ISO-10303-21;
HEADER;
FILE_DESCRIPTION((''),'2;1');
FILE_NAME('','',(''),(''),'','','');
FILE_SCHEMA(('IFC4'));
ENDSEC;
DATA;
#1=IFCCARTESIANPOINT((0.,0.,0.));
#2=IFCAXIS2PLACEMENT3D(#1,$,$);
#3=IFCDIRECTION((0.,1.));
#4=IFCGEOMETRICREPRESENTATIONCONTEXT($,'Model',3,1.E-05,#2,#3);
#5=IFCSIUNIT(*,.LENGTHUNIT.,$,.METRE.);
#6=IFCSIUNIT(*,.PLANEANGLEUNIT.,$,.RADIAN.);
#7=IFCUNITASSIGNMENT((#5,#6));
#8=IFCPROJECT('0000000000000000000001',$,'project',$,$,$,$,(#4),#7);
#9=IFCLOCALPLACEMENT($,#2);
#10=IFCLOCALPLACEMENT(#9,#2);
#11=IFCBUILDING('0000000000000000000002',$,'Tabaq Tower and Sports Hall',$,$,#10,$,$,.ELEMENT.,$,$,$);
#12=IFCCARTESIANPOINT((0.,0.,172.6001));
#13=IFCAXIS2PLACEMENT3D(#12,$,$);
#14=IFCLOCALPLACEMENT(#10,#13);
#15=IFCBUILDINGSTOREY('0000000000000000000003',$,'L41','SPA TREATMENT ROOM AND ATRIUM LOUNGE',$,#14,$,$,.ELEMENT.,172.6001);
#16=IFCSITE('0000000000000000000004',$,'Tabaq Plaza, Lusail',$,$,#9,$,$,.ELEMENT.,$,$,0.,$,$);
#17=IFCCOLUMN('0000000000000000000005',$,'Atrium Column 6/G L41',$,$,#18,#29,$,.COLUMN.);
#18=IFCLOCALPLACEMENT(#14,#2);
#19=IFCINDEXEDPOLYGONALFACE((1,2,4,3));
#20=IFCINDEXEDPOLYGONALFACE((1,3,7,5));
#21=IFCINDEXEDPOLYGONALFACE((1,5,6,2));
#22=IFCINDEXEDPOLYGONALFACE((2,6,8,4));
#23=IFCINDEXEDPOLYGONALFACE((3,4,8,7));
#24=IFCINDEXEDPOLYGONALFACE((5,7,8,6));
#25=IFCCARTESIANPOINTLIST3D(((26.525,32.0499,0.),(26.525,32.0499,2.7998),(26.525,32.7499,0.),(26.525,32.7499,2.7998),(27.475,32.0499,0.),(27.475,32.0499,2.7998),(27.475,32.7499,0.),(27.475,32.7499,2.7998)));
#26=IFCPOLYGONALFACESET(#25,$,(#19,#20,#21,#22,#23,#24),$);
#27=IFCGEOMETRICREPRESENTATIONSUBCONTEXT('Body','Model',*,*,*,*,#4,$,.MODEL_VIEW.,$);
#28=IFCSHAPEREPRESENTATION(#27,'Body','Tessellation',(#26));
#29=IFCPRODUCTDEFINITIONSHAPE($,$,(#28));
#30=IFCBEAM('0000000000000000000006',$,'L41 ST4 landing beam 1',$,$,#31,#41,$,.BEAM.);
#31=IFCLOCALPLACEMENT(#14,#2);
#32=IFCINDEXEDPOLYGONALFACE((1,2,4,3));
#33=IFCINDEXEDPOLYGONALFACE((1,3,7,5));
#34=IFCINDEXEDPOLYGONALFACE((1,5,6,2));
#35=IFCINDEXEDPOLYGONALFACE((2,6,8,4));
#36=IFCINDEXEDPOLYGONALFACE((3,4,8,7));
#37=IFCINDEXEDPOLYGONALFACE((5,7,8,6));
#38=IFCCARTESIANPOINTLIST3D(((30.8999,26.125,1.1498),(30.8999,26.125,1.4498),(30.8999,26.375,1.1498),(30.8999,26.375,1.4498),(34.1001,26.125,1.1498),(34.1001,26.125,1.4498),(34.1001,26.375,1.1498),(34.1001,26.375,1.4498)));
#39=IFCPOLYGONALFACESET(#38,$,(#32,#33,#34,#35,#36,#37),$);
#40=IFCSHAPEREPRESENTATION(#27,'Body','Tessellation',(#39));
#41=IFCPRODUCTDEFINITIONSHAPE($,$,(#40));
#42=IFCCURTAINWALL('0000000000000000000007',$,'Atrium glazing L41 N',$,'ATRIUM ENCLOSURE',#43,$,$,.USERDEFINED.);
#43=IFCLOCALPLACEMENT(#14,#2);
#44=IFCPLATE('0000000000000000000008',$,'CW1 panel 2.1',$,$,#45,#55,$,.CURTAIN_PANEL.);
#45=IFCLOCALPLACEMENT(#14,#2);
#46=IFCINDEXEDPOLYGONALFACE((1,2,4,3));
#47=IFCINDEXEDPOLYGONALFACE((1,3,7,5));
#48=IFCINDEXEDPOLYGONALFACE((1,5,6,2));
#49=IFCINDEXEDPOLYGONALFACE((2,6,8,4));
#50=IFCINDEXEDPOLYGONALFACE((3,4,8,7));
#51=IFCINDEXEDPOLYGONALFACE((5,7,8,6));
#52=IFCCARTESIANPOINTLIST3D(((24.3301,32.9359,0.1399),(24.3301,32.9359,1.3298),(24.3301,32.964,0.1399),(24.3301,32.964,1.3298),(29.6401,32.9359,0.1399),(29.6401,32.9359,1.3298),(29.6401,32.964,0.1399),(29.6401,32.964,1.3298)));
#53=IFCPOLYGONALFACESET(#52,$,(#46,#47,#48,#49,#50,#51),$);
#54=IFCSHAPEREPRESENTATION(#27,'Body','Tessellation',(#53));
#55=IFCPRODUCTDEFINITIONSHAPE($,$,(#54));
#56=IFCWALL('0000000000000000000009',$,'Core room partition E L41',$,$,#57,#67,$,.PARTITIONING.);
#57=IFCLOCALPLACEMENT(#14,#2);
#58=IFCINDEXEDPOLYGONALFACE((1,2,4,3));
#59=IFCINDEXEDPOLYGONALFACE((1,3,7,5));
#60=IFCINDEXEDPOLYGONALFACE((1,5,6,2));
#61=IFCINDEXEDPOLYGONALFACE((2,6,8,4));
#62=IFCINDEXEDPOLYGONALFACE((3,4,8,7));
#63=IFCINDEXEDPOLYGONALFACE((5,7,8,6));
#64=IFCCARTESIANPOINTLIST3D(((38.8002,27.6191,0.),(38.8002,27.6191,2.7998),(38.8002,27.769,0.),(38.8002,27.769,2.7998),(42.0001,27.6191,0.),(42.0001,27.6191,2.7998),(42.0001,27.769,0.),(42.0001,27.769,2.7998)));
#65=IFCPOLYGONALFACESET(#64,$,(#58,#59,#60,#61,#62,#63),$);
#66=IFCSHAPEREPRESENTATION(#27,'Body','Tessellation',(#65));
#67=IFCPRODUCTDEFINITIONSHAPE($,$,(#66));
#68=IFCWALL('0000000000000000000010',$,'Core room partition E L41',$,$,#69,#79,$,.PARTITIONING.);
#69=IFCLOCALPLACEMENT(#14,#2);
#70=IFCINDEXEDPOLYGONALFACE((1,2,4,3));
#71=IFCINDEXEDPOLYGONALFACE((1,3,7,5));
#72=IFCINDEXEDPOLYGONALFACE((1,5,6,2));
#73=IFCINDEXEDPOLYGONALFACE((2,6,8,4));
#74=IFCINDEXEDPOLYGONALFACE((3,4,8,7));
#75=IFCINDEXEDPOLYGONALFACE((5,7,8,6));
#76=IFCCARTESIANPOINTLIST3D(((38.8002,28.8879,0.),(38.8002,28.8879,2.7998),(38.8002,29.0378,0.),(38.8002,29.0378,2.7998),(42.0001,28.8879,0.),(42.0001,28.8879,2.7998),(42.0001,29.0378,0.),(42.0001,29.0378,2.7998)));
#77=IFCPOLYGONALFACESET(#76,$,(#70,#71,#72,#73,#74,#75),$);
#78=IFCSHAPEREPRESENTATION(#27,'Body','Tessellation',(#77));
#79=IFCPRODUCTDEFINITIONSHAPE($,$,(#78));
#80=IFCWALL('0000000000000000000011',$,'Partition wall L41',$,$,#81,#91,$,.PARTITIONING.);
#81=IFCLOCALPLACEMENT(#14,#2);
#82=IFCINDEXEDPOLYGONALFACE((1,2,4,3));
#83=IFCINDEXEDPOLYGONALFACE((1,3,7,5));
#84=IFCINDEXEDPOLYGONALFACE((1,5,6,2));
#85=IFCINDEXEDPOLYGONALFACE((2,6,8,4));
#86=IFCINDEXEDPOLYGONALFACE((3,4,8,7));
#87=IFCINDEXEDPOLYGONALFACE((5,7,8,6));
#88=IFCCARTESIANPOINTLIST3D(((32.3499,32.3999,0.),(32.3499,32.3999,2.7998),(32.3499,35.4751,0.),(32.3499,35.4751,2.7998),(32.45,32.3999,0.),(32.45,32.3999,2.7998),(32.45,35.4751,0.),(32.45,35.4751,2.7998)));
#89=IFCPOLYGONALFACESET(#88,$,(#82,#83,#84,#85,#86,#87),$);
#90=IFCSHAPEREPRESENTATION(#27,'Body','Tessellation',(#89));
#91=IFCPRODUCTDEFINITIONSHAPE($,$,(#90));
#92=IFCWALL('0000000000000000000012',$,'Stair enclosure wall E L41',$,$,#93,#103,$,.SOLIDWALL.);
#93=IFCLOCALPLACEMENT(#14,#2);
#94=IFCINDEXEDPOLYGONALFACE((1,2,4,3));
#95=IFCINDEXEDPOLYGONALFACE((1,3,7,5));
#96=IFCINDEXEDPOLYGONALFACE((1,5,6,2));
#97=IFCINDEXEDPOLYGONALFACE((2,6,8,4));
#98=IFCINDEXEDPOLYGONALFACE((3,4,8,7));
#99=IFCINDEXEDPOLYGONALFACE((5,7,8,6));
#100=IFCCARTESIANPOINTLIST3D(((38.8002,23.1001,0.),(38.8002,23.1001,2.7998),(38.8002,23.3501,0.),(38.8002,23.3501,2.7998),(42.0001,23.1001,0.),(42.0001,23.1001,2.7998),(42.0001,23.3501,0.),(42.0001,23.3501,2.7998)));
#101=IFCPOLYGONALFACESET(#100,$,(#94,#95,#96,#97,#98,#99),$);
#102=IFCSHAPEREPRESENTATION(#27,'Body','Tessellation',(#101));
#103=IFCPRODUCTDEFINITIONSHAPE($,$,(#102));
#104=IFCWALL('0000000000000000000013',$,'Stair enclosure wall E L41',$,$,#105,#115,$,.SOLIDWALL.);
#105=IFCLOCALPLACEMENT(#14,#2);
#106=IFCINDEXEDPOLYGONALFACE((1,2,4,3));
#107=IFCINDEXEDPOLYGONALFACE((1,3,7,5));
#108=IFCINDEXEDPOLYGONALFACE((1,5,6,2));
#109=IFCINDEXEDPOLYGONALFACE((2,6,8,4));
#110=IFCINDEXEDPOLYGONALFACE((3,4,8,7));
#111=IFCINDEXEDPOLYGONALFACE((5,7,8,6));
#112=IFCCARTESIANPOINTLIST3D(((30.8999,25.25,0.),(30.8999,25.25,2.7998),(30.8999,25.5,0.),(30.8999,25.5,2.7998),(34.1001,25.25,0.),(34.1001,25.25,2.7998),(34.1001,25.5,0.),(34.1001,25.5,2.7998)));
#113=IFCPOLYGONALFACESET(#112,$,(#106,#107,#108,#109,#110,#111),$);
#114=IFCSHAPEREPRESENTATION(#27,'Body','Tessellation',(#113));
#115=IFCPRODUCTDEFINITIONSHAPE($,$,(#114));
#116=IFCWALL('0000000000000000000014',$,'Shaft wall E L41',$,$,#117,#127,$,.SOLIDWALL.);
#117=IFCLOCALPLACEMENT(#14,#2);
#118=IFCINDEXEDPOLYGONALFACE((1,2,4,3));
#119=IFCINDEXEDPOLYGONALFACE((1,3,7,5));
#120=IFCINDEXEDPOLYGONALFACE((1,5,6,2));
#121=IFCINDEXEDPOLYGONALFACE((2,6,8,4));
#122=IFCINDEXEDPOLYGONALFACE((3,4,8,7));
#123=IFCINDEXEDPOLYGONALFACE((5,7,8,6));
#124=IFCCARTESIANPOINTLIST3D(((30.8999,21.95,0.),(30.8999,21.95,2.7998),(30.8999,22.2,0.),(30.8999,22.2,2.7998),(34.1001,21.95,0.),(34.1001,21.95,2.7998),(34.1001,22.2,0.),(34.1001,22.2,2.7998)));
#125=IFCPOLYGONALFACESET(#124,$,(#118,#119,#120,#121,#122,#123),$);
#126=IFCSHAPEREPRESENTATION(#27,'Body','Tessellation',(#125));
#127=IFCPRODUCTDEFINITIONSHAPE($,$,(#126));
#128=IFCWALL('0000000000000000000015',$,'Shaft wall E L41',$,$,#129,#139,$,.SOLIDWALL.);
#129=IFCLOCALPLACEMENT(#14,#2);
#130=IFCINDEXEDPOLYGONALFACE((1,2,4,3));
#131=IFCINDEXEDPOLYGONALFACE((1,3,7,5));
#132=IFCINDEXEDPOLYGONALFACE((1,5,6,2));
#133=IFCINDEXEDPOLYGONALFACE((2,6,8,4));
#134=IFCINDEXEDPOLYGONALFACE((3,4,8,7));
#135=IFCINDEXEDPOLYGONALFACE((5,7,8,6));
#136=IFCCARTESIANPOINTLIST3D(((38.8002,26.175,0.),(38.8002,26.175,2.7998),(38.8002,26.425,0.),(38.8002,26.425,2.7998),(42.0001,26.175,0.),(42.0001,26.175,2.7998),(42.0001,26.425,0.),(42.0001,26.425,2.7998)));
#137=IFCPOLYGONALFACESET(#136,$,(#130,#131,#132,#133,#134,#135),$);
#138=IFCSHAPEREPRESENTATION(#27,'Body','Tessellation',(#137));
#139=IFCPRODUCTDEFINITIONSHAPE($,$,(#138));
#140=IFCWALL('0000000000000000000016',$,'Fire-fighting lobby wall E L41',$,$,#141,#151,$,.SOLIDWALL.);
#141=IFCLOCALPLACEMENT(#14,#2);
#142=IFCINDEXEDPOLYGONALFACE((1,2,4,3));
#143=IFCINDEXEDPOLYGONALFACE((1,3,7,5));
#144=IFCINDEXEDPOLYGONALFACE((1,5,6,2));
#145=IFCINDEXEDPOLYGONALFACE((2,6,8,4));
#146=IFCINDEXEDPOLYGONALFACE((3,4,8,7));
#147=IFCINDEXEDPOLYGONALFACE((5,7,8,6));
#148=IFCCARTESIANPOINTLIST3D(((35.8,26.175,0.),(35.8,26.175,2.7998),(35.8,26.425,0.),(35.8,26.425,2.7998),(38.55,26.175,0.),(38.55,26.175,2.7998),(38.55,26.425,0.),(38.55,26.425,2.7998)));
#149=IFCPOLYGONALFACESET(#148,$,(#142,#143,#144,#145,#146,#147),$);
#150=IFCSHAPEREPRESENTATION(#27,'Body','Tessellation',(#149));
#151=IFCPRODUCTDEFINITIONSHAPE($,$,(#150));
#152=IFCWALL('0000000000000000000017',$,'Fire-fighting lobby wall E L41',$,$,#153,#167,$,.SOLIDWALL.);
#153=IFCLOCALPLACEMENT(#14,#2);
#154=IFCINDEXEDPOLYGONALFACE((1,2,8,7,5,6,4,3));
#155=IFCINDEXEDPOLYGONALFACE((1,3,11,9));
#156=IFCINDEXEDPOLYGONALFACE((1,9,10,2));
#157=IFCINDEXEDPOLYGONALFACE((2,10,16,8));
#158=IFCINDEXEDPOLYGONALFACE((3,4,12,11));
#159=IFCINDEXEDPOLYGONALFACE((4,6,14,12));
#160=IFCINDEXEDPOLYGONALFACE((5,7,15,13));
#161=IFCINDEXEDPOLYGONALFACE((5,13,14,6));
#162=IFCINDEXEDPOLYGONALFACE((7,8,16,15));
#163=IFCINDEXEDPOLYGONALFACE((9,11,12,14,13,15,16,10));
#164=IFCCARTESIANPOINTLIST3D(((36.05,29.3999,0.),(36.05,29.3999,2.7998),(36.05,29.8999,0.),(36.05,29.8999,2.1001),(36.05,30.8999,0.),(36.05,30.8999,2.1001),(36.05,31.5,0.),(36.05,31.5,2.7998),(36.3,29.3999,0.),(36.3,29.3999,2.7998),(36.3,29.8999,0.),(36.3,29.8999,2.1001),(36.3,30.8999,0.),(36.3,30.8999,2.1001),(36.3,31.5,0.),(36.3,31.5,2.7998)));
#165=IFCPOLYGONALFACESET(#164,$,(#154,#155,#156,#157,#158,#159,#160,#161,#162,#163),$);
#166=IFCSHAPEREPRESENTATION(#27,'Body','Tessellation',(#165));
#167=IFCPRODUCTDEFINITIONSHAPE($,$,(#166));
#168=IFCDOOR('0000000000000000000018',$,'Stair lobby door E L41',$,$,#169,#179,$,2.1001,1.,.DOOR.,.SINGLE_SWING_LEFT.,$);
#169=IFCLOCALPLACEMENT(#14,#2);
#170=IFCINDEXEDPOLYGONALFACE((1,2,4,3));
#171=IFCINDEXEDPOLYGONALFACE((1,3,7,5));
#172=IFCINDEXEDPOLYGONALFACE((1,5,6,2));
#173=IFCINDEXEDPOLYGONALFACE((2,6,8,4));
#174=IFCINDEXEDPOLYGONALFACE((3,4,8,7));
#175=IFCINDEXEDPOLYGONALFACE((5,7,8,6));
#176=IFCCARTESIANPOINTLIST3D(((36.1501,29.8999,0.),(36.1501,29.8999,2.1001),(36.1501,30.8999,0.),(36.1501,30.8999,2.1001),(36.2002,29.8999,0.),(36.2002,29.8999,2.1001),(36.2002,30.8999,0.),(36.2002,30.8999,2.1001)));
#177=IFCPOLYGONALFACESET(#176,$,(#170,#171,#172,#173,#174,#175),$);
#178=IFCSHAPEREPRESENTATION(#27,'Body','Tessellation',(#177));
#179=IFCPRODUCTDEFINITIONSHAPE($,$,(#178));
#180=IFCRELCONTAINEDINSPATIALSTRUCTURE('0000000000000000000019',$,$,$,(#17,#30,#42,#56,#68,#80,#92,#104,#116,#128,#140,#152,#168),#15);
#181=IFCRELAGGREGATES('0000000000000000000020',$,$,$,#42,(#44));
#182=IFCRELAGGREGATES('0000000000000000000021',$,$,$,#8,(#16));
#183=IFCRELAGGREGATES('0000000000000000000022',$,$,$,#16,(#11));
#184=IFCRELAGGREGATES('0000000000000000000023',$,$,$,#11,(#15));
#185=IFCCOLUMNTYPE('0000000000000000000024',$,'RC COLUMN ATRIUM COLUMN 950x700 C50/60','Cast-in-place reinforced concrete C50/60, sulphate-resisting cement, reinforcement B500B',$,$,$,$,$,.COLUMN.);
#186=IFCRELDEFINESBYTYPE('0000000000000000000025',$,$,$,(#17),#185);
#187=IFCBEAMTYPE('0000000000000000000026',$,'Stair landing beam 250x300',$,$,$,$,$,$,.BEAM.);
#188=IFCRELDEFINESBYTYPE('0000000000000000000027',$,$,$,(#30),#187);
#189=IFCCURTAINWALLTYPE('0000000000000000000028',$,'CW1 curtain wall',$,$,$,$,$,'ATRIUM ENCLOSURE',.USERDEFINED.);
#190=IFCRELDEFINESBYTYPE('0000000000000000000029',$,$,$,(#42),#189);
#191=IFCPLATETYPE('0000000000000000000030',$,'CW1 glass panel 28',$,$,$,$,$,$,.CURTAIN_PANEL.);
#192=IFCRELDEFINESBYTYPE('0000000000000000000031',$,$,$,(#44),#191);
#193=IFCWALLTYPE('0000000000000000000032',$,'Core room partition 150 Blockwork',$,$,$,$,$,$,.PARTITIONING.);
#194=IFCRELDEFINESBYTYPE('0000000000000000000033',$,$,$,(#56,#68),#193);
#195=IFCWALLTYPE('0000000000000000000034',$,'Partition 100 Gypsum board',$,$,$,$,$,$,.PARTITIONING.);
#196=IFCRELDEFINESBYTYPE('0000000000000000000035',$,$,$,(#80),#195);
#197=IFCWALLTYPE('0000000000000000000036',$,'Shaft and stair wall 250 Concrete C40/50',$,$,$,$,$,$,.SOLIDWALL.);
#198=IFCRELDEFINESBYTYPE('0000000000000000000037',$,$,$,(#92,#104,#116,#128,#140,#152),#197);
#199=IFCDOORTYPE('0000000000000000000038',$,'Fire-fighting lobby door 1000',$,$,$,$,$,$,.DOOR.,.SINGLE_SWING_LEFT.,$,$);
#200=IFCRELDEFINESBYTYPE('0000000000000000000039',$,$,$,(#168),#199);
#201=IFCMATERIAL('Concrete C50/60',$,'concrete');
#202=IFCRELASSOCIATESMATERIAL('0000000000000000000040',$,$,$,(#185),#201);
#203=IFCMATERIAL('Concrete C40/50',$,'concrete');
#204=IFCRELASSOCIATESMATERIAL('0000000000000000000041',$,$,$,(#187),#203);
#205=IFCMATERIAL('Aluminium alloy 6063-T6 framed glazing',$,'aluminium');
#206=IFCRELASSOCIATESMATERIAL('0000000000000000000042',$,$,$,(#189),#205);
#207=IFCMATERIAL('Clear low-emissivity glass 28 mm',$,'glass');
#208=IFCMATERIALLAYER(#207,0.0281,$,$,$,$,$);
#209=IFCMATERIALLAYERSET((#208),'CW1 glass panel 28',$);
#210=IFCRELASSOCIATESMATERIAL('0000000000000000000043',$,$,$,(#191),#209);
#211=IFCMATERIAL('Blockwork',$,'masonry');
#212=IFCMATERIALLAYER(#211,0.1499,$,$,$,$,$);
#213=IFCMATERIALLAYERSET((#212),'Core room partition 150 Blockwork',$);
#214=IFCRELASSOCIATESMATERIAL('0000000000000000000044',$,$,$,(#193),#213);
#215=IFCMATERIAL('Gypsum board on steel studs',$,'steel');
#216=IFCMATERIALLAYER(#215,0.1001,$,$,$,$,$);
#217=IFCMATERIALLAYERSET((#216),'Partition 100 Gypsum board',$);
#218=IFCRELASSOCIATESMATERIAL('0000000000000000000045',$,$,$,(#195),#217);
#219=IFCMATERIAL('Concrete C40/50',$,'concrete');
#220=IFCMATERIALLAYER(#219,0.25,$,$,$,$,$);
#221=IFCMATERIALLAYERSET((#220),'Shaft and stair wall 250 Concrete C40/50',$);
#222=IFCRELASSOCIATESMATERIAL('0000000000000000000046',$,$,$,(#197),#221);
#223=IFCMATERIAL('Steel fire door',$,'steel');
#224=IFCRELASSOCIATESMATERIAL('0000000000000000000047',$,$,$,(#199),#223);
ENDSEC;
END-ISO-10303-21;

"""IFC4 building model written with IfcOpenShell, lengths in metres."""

from ifc_helpers import new_model, si_unit, direction, frame, frame_2d, origin, origin_2d, place, context, subcontext, project, spatial, rectangle, extrude, material, layer, layer_set, material_profile, profile_set, type_object, element, fill, aggregate, save


model = new_model("IFC4")

# Units and contexts
model_context = context("Model", 3, precision=1e-05, world=origin(), true_north=direction((0.0, 1.0)))
body_context = subcontext(model_context, "Body", "Model", "MODEL_VIEW")
ifc_project = project(units=[si_unit("LENGTHUNIT", "METRE"), si_unit("PLANEANGLEUNIT", "RADIAN")], contexts=[model_context])

# Site, building, storey
site_placement = place(None, origin())
site = spatial("IfcSite", under=ifc_project, at=site_placement, Name="Tabaq Plaza, Lusail", CompositionType="ELEMENT", RefElevation=0.0)
building_placement = place(site_placement, origin())
building = spatial("IfcBuilding", under=site, at=building_placement, Name="Tabaq Tower and Sports Hall", CompositionType="ELEMENT")
storey_placement = place(building_placement, frame((0.0, 0.0, 172.6001)))
storey = spatial("IfcBuildingStorey", under=building, at=storey_placement, Name="L41", Description="SPA TREATMENT ROOM AND ATRIUM LOUNGE", CompositionType="ELEMENT", Elevation=172.6001)

# Column
ifc_material_1 = material(Name="Concrete C50/60", Category="concrete")
ifc_material_profile_1 = material_profile(ifc_material_1, rectangle(XDim=0.95, YDim=0.7, at=origin_2d()), Name="ATRIUM COLUMN 950x700")
ifc_profile_set_1 = profile_set([ifc_material_profile_1], Name="Concrete C50/60")
column_type = type_object("IfcColumnType", Name="RC COLUMN ATRIUM COLUMN 950x700 C50/60", Description="Cast-in-place reinforced concrete C50/60, sulphate-resisting cement, reinforcement B500B", PredefinedType="COLUMN", material=ifc_profile_set_1)
column_placement = place(storey_placement, frame((27.0, 32.3999, 0.0), z_axis=(0.0, 0.0, 1.0), x_axis=(1.0, 0.0, 0.0)))
element("IfcColumn", 1, at=column_placement, inside=storey, type_object=column_type, Name="Atrium Column 6/G L41", PredefinedType="COLUMN", context=body_context, shape_type="SweptSolid", body=[
    extrude(rectangle(XDim=0.95, YDim=0.7, at=origin_2d()), origin(), (0.0, 0.0, 1.0), 2.7998),
])

# Beam
ifc_material_2 = material(Name="Concrete C40/50", Category="concrete")
ifc_material_profile_2 = material_profile(ifc_material_2, rectangle(XDim=0.25, YDim=0.3, at=origin_2d()), Name="RC 250x300")
ifc_profile_set_2 = profile_set([ifc_material_profile_2], Name="Concrete C40/50")
beam_type = type_object("IfcBeamType", Name="Stair landing beam 250x300", PredefinedType="BEAM", material=ifc_profile_set_2)
beam_placement = place(storey_placement, frame((30.8999, 26.25, 1.2998), z_axis=(1.0, 0.0, 0.0), x_axis=(0.0, 1.0, 0.0)))
element("IfcBeam", 2, at=beam_placement, inside=storey, type_object=beam_type, Name="L41 ST4 landing beam 1", PredefinedType="BEAM", context=body_context, shape_type="SweptSolid", body=[
    extrude(rectangle(XDim=0.25, YDim=0.3, at=origin_2d()), origin(), (0.0, 0.0, 1.0), 3.2002),
])

# Curtain wall, plate
ifc_material_3 = material(Name="Aluminium alloy 6063-T6 framed glazing", Category="aluminium")
curtain_wall_type = type_object("IfcCurtainWallType", Name="CW1 curtain wall", ElementType="ATRIUM ENCLOSURE", PredefinedType="USERDEFINED", material=ifc_material_3)
curtain_wall_placement = place(storey_placement, origin())
curtain_wall = element("IfcCurtainWall", 3, at=curtain_wall_placement, inside=storey, type_object=curtain_wall_type, Name="Atrium glazing L41 N", ObjectType="ATRIUM ENCLOSURE", PredefinedType="USERDEFINED")
ifc_material_4 = material(Name="Clear low-emissivity glass 28 mm", Category="glass")
ifc_layer_1 = layer(ifc_material_4, 0.0281)
ifc_layer_set_1 = layer_set([ifc_layer_1], Name="CW1 glass panel 28")
plate_type = type_object("IfcPlateType", Name="CW1 glass panel 28", PredefinedType="CURTAIN_PANEL", material=ifc_layer_set_1)
plate_placement = place(storey_placement, frame((26.9851, 32.95, 0.1399), z_axis=(0.0, 0.0, 1.0), x_axis=(1.0, 0.0, 0.0)))
plate = element("IfcPlate", 4, at=plate_placement, type_object=plate_type, Name="CW1 panel 2.1", PredefinedType="CURTAIN_PANEL", context=body_context, shape_type="SweptSolid", body=[
    extrude(rectangle(XDim=5.3101, YDim=0.0281, at=origin_2d()), origin(), (0.0, 0.0, 1.0), 1.1899),
])
aggregate(curtain_wall, [plate])

# Walls
ifc_material_5 = material(Name="Blockwork", Category="masonry")
ifc_layer_2 = layer(ifc_material_5, 0.1499)
ifc_layer_set_2 = layer_set([ifc_layer_2], Name="Core room partition 150 Blockwork")
wall_type_1 = type_object("IfcWallType", Name="Core room partition 150 Blockwork", PredefinedType="PARTITIONING", material=ifc_layer_set_2)
for number, where, z_axis, x_axis, name in (
    (5, (38.8, 27.6941, 0.0), (0.0, 0.0, 1.0), (1.0, 0.0, 0.0), "Core room partition E L41"),
    (6, (38.8, 28.9629, 0.0), (0.0, 0.0, 1.0), (1.0, 0.0, 0.0), "Core room partition E L41"),
):
    element("IfcWall", number, at=place(storey_placement, frame(where, z_axis=z_axis, x_axis=x_axis)), inside=storey, type_object=wall_type_1, Name=name, PredefinedType="PARTITIONING", context=body_context, shape_type="SweptSolid", body=[
        extrude(rectangle(XDim=3.2, YDim=0.1499, at=frame_2d((1.6001, 0.0))), origin(), (0.0, 0.0, 1.0), 2.7998),
    ])

# Walls
ifc_material_6 = material(Name="Gypsum board on steel studs", Category="steel")
ifc_layer_3 = layer(ifc_material_6, 0.1001)
ifc_layer_set_3 = layer_set([ifc_layer_3], Name="Partition 100 Gypsum board")
wall_type_2 = type_object("IfcWallType", Name="Partition 100 Gypsum board", PredefinedType="PARTITIONING", material=ifc_layer_set_3)
wall_1_placement = place(storey_placement, frame((32.3999, 32.3999, 0.0), z_axis=(0.0, 0.0, 1.0), x_axis=(0.0, 1.0, 0.0)))
element("IfcWall", 7, at=wall_1_placement, inside=storey, type_object=wall_type_2, Name="Partition wall L41", PredefinedType="PARTITIONING", context=body_context, shape_type="SweptSolid", body=[
    extrude(rectangle(XDim=3.0752, YDim=0.1001, at=frame_2d((1.5376, 0.0))), origin(), (0.0, 0.0, 1.0), 2.7998),
])
ifc_material_7 = material(Name="Concrete C40/50", Category="concrete")
ifc_layer_4 = layer(ifc_material_7, 0.25)
ifc_layer_set_4 = layer_set([ifc_layer_4], Name="Shaft and stair wall 250 Concrete C40/50")
wall_type_3 = type_object("IfcWallType", Name="Shaft and stair wall 250 Concrete C40/50", PredefinedType="SOLIDWALL", material=ifc_layer_set_4)
wall_2_placement = place(storey_placement, frame((38.8, 23.2251, 0.0), z_axis=(0.0, 0.0, 1.0), x_axis=(1.0, 0.0, 0.0)))
element("IfcWall", 8, at=wall_2_placement, inside=storey, type_object=wall_type_3, Name="Stair enclosure wall E L41", PredefinedType="SOLIDWALL", context=body_context, shape_type="SweptSolid", body=[
    extrude(rectangle(XDim=3.2, YDim=0.25, at=frame_2d((1.6001, 0.0))), origin(), (0.0, 0.0, 1.0), 2.7998),
])
for number, where, z_axis, x_axis, name in (
    (9, (30.8999, 25.375, 0.0), (0.0, 0.0, 1.0), (1.0, 0.0, 0.0), "Stair enclosure wall E L41"),
    (10, (30.8999, 22.075, 0.0), (0.0, 0.0, 1.0), (1.0, 0.0, 0.0), "Shaft wall E L41"),
):
    element("IfcWall", number, at=place(storey_placement, frame(where, z_axis=z_axis, x_axis=x_axis)), inside=storey, type_object=wall_type_3, Name=name, PredefinedType="SOLIDWALL", context=body_context, shape_type="SweptSolid", body=[
        extrude(rectangle(XDim=3.2002, YDim=0.25, at=frame_2d((1.6001, 0.0))), origin(), (0.0, 0.0, 1.0), 2.7998),
    ])
wall_3_placement = place(storey_placement, frame((38.8, 26.3, 0.0), z_axis=(0.0, 0.0, 1.0), x_axis=(1.0, 0.0, 0.0)))
element("IfcWall", 11, at=wall_3_placement, inside=storey, type_object=wall_type_3, Name="Shaft wall E L41", PredefinedType="SOLIDWALL", context=body_context, shape_type="SweptSolid", body=[
    extrude(rectangle(XDim=3.2, YDim=0.25, at=frame_2d((1.6001, 0.0))), origin(), (0.0, 0.0, 1.0), 2.7998),
])
wall_4_placement = place(storey_placement, frame((35.8, 26.3, 0.0), z_axis=(0.0, 0.0, 1.0), x_axis=(1.0, 0.0, 0.0)))
element("IfcWall", 12, at=wall_4_placement, inside=storey, type_object=wall_type_3, Name="Fire-fighting lobby wall E L41", PredefinedType="SOLIDWALL", context=body_context, shape_type="SweptSolid", body=[
    extrude(rectangle(XDim=2.75, YDim=0.25, at=frame_2d((1.375, 0.0))), origin(), (0.0, 0.0, 1.0), 2.7998),
])

# Wall, opening, door
wall_5_placement = place(storey_placement, frame((36.175, 29.3999, 0.0), z_axis=(0.0, 0.0, 1.0), x_axis=(0.0, 1.0, 0.0)))
wall_5 = element("IfcWall", 13, at=wall_5_placement, inside=storey, type_object=wall_type_3, Name="Fire-fighting lobby wall E L41", PredefinedType="SOLIDWALL", context=body_context, shape_type="SweptSolid", body=[
    extrude(rectangle(XDim=2.1001, YDim=0.25, at=frame_2d((1.05, 0.0))), origin(), (0.0, 0.0, 1.0), 2.7998),
])
opening_1_placement = place(wall_5_placement, frame((0.5, 0.0, 0.0)))
opening_1 = element("IfcOpeningElement", 14, at=opening_1_placement, cuts=wall_5, PredefinedType="OPENING", context=body_context, shape_type="SweptSolid", body=[
    extrude(rectangle(XDim=1.0, YDim=2.1001, at=frame_2d((0.5, 1.05))), frame((0.0, 0.125, 0.0), z_axis=(0.0, -1.0, 0.0), x_axis=(1.0, 0.0, 0.0)), (0.0, 0.0, 1.0), 0.25),
])
ifc_material_8 = material(Name="Steel fire door", Category="steel")
door_type_1 = type_object("IfcDoorType", Name="Fire-fighting lobby door 1000", OperationType="SINGLE_SWING_LEFT", PredefinedType="DOOR", material=ifc_material_8)
door_1_placement = place(opening_1_placement, origin())
door_1 = element("IfcDoor", 15, at=door_1_placement, inside=storey, type_object=door_type_1, Name="Stair lobby door E L41", OperationType="SINGLE_SWING_LEFT", OverallHeight=2.1001, OverallWidth=1.0, PredefinedType="DOOR", context=body_context, shape_type="SweptSolid", body=[
    extrude(rectangle(XDim=1.0, YDim=2.1001, at=frame_2d((0.5, 1.05))), frame((0.0, 0.0249, 0.0), z_axis=(0.0, -1.0, 0.0), x_axis=(1.0, 0.0, 0.0)), (0.0, 0.0, 1.0), 0.05),
])
fill(opening_1, door_1)

save(model, "model.ifc")
